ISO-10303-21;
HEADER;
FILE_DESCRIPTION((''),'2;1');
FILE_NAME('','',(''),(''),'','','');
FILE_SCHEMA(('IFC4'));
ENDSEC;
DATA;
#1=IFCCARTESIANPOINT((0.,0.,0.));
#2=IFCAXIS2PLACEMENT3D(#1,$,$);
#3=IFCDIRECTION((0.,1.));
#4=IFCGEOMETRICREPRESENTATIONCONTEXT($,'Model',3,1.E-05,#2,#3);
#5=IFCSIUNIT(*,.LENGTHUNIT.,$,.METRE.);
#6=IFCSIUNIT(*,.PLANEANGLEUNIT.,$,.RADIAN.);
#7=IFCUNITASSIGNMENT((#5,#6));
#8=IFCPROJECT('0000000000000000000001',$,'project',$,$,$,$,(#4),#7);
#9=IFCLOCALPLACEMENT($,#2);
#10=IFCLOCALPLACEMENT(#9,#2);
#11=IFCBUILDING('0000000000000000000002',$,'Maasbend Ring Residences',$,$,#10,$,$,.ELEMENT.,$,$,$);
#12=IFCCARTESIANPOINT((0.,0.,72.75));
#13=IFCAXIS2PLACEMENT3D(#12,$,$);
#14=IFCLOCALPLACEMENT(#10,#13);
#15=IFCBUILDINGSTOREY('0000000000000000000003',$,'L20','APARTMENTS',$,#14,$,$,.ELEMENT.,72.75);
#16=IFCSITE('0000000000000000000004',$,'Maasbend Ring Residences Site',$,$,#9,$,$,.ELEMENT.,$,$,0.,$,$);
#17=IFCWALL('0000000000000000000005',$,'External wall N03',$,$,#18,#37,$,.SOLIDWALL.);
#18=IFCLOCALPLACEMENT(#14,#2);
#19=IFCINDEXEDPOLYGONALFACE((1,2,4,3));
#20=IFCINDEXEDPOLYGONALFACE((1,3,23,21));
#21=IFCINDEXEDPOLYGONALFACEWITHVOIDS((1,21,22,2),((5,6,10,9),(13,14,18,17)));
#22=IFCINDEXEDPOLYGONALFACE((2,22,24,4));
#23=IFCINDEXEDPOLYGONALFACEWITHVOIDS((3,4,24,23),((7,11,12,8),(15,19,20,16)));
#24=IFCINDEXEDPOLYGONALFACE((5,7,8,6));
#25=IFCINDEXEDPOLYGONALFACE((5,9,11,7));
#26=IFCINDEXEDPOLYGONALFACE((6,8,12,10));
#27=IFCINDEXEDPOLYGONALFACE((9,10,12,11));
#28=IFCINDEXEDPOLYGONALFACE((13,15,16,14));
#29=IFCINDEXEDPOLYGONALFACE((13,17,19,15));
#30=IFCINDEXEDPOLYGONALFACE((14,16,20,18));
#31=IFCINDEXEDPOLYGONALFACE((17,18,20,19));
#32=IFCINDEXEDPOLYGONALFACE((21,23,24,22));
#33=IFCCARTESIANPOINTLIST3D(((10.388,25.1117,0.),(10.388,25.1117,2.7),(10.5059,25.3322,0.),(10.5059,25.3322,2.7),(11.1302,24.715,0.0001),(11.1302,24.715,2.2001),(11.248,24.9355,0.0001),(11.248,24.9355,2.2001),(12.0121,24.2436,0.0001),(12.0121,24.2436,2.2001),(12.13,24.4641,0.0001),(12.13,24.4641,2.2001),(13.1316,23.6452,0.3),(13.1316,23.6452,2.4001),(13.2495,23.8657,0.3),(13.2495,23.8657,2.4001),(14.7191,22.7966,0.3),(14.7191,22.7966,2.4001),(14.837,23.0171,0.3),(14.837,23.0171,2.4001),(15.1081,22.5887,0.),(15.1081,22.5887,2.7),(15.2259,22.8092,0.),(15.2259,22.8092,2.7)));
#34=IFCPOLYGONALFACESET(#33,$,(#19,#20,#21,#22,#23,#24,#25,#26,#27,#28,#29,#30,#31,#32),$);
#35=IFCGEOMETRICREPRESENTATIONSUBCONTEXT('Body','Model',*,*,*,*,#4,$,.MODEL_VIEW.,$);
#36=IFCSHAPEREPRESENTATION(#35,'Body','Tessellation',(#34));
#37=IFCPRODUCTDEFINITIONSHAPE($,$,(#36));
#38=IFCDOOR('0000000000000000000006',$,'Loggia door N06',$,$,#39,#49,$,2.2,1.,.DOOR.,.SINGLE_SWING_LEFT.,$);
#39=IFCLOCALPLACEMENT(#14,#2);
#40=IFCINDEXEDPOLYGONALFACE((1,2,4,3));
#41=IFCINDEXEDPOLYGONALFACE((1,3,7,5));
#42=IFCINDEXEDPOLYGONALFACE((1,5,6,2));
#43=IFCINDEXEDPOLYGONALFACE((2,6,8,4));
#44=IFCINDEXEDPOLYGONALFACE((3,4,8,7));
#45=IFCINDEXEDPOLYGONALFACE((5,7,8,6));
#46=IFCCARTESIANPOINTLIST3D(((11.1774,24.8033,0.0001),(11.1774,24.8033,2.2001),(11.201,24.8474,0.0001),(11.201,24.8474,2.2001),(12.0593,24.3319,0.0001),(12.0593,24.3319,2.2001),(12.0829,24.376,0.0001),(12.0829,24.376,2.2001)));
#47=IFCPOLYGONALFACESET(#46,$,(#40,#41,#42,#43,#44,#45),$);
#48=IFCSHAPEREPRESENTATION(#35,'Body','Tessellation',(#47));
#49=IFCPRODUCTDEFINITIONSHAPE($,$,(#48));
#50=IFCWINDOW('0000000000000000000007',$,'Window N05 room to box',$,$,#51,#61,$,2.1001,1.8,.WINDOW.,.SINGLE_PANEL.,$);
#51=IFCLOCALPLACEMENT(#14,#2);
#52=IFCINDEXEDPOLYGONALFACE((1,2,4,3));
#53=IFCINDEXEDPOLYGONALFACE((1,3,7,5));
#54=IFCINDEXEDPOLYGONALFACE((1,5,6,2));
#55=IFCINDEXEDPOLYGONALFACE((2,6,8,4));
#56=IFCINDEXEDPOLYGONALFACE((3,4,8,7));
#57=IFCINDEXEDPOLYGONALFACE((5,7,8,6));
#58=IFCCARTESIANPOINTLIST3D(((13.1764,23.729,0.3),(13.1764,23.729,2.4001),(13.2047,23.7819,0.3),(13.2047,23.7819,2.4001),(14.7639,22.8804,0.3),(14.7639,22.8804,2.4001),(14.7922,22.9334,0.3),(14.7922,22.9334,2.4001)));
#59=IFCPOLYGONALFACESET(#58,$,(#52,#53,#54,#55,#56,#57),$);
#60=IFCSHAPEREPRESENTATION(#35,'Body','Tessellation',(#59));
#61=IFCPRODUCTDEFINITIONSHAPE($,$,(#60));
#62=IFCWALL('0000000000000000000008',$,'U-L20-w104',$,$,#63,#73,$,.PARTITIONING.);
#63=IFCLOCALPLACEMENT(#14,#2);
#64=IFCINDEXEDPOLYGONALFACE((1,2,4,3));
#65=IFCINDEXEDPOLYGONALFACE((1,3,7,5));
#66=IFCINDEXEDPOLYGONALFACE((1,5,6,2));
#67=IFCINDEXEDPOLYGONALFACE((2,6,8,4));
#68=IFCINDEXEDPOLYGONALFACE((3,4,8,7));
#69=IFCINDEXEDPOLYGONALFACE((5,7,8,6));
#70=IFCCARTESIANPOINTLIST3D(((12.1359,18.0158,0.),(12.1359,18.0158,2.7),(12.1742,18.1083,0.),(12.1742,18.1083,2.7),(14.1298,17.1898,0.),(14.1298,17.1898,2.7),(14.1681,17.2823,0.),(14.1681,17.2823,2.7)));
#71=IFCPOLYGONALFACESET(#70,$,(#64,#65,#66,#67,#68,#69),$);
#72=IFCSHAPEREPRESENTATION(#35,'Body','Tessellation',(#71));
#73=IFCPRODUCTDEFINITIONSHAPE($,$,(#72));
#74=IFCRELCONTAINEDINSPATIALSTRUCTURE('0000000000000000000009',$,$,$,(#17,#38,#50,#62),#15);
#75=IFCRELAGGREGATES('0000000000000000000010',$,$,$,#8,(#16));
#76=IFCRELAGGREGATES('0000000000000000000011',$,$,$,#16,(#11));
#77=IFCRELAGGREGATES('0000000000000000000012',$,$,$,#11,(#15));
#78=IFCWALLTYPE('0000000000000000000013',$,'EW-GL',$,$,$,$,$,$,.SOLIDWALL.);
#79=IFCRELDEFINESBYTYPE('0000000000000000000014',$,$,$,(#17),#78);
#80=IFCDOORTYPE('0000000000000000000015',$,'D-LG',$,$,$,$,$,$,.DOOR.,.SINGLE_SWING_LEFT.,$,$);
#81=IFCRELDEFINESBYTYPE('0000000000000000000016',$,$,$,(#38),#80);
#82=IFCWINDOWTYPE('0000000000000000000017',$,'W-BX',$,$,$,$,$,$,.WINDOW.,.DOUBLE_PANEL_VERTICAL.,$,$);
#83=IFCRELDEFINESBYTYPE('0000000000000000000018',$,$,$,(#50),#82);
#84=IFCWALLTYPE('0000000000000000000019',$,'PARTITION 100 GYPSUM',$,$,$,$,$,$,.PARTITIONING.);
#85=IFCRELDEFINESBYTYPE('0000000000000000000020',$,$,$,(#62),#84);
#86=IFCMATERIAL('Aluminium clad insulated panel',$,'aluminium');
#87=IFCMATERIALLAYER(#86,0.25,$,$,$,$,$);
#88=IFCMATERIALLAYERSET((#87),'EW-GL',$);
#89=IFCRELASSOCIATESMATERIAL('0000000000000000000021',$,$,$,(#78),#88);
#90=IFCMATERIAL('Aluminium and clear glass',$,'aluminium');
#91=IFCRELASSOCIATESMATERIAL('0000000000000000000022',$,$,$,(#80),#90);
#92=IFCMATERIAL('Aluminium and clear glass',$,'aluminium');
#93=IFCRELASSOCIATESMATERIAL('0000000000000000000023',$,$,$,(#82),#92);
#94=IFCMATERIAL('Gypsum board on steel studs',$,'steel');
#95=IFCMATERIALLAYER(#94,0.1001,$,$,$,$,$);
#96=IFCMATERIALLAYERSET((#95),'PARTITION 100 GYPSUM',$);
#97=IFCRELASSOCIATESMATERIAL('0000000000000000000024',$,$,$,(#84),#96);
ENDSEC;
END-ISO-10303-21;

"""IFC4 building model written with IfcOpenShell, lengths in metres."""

from ifc_helpers import new_model, si_unit, direction, frame, frame_2d, origin, place, context, subcontext, project, spatial, rectangle, extrude, material, layer, layer_set, type_object, element, fill, save


model = new_model("IFC4")

# Units and contexts
model_context = context("Model", 3, precision=1e-05, world=origin(), true_north=direction((0.0, 1.0)))
body_context = subcontext(model_context, "Body", "Model", "MODEL_VIEW")
ifc_project = project(units=[si_unit("LENGTHUNIT", "METRE"), si_unit("PLANEANGLEUNIT", "RADIAN")], contexts=[model_context])

# Site, building, storey
site_placement = place(None, origin())
site = spatial("IfcSite", under=ifc_project, at=site_placement, Name="Maasbend Ring Residences Site", CompositionType="ELEMENT", RefElevation=0.0)
building_placement = place(site_placement, origin())
building = spatial("IfcBuilding", under=site, at=building_placement, Name="Maasbend Ring Residences", CompositionType="ELEMENT")
storey_placement = place(building_placement, frame((0.0, 0.0, 72.75)))
storey = spatial("IfcBuildingStorey", under=building, at=storey_placement, Name="L20", Description="APARTMENTS", CompositionType="ELEMENT", Elevation=72.75)

# Wall, openings, door, window
ifc_material_1 = material(Name="Aluminium clad insulated panel", Category="aluminium")
ifc_layer_1 = layer(ifc_material_1, 0.25)
ifc_layer_set_1 = layer_set([ifc_layer_1], Name="EW-GL")
wall_type_1 = type_object("IfcWallType", Name="EW-GL", PredefinedType="SOLIDWALL", material=ifc_layer_set_1)
ifc_material_2 = material(Name="Aluminium and clear glass", Category="aluminium")
door_type = type_object("IfcDoorType", Name="D-LG", OperationType="SINGLE_SWING_LEFT", PredefinedType="DOOR", material=ifc_material_2)
ifc_material_3 = material(Name="Aluminium and clear glass", Category="aluminium")
window_type_1 = type_object("IfcWindowType", Name="W-BX", PartitioningType="DOUBLE_PANEL_VERTICAL", PredefinedType="WINDOW", material=ifc_material_3)
wall_1_placement = place(storey_placement, frame((15.167, 22.699, 0.0), z_axis=(0.0, 0.0, 1.0), x_axis=(-0.881916, 0.471407, 0.0)))
wall_1 = element("IfcWall", 1, at=wall_1_placement, inside=storey, type_object=wall_type_1, Name="External wall N03", PredefinedType="SOLIDWALL", context=body_context, shape_type="SweptSolid", body=[
    extrude(rectangle(XDim=5.3521, YDim=0.25, at=frame_2d((2.676, 0.0))), origin(), (0.0, 0.0, 1.0), 2.7),
])
opening_1_placement = place(wall_1_placement, frame((0.4412, 0.0, 0.3)))
opening_1 = element("IfcOpeningElement", 2, at=opening_1_placement, cuts=wall_1, PredefinedType="OPENING", context=body_context, shape_type="SweptSolid", body=[
    extrude(rectangle(XDim=1.8, YDim=2.1001, at=frame_2d((0.8999, 1.05))), frame((0.0, 0.135, 0.0), z_axis=(0.0, -1.0, 0.0), x_axis=(1.0, 0.0, 0.0)), (0.0, 0.0, 1.0), 0.27),
])
opening_2_placement = place(wall_1_placement, frame((3.5105, 0.0, 0.0)))
opening_2 = element("IfcOpeningElement", 3, at=opening_2_placement, cuts=wall_1, PredefinedType="OPENING", context=body_context, shape_type="SweptSolid", body=[
    extrude(rectangle(XDim=1.0, YDim=2.2, at=frame_2d((0.5, 1.1001))), frame((0.0, 0.135, 0.0), z_axis=(0.0, -1.0, 0.0), x_axis=(1.0, 0.0, 0.0)), (0.0, 0.0, 1.0), 0.27),
])
door_1_placement = place(opening_2_placement, origin())
door_1 = element("IfcDoor", 4, at=door_1_placement, inside=storey, type_object=door_type, Name="Loggia door N06", OperationType="SINGLE_SWING_LEFT", OverallHeight=2.2, OverallWidth=1.0, PredefinedType="DOOR", context=body_context, shape_type="SweptSolid", body=[
    extrude(rectangle(XDim=1.0, YDim=2.2, at=frame_2d((0.5, 1.1001))), frame((0.0, 0.0249, 0.0), z_axis=(0.0, -1.0, 0.0), x_axis=(1.0, 0.0, 0.0)), (0.0, 0.0, 1.0), 0.05),
])
fill(opening_2, door_1)
window_1_placement = place(opening_1_placement, origin())
window_1 = element("IfcWindow", 5, at=window_1_placement, inside=storey, type_object=window_type_1, Name="Window N05 room to box", OverallHeight=2.1001, OverallWidth=1.8, PartitioningType="SINGLE_PANEL", PredefinedType="WINDOW", context=body_context, shape_type="SweptSolid", body=[
    extrude(rectangle(XDim=1.8, YDim=2.1001, at=frame_2d((0.8999, 1.05))), frame((0.0, 0.03, 0.0), z_axis=(0.0, -1.0, 0.0), x_axis=(1.0, 0.0, 0.0)), (0.0, 0.0, 1.0), 0.0601),
])
fill(opening_1, window_1)

# Wall
ifc_material_4 = material(Name="Gypsum board on steel studs", Category="steel")
ifc_layer_2 = layer(ifc_material_4, 0.1001)
ifc_layer_set_2 = layer_set([ifc_layer_2], Name="PARTITION 100 GYPSUM")
wall_type_2 = type_object("IfcWallType", Name="PARTITION 100 GYPSUM", PredefinedType="PARTITIONING", material=ifc_layer_set_2)
wall_2_placement = place(storey_placement, frame((12.155, 18.062, 0.0), z_axis=(0.0, 0.0, 1.0), x_axis=(0.923875, -0.382695, 0.0)))
element("IfcWall", 6, at=wall_2_placement, inside=storey, type_object=wall_type_2, Name="U-L20-w104", PredefinedType="PARTITIONING", context=body_context, shape_type="SweptSolid", body=[
    extrude(rectangle(XDim=2.1582, YDim=0.1001, at=frame_2d((1.0791, 0.0))), origin(), (0.0, 0.0, 1.0), 2.7),
])

save(model, "model.ifc")
